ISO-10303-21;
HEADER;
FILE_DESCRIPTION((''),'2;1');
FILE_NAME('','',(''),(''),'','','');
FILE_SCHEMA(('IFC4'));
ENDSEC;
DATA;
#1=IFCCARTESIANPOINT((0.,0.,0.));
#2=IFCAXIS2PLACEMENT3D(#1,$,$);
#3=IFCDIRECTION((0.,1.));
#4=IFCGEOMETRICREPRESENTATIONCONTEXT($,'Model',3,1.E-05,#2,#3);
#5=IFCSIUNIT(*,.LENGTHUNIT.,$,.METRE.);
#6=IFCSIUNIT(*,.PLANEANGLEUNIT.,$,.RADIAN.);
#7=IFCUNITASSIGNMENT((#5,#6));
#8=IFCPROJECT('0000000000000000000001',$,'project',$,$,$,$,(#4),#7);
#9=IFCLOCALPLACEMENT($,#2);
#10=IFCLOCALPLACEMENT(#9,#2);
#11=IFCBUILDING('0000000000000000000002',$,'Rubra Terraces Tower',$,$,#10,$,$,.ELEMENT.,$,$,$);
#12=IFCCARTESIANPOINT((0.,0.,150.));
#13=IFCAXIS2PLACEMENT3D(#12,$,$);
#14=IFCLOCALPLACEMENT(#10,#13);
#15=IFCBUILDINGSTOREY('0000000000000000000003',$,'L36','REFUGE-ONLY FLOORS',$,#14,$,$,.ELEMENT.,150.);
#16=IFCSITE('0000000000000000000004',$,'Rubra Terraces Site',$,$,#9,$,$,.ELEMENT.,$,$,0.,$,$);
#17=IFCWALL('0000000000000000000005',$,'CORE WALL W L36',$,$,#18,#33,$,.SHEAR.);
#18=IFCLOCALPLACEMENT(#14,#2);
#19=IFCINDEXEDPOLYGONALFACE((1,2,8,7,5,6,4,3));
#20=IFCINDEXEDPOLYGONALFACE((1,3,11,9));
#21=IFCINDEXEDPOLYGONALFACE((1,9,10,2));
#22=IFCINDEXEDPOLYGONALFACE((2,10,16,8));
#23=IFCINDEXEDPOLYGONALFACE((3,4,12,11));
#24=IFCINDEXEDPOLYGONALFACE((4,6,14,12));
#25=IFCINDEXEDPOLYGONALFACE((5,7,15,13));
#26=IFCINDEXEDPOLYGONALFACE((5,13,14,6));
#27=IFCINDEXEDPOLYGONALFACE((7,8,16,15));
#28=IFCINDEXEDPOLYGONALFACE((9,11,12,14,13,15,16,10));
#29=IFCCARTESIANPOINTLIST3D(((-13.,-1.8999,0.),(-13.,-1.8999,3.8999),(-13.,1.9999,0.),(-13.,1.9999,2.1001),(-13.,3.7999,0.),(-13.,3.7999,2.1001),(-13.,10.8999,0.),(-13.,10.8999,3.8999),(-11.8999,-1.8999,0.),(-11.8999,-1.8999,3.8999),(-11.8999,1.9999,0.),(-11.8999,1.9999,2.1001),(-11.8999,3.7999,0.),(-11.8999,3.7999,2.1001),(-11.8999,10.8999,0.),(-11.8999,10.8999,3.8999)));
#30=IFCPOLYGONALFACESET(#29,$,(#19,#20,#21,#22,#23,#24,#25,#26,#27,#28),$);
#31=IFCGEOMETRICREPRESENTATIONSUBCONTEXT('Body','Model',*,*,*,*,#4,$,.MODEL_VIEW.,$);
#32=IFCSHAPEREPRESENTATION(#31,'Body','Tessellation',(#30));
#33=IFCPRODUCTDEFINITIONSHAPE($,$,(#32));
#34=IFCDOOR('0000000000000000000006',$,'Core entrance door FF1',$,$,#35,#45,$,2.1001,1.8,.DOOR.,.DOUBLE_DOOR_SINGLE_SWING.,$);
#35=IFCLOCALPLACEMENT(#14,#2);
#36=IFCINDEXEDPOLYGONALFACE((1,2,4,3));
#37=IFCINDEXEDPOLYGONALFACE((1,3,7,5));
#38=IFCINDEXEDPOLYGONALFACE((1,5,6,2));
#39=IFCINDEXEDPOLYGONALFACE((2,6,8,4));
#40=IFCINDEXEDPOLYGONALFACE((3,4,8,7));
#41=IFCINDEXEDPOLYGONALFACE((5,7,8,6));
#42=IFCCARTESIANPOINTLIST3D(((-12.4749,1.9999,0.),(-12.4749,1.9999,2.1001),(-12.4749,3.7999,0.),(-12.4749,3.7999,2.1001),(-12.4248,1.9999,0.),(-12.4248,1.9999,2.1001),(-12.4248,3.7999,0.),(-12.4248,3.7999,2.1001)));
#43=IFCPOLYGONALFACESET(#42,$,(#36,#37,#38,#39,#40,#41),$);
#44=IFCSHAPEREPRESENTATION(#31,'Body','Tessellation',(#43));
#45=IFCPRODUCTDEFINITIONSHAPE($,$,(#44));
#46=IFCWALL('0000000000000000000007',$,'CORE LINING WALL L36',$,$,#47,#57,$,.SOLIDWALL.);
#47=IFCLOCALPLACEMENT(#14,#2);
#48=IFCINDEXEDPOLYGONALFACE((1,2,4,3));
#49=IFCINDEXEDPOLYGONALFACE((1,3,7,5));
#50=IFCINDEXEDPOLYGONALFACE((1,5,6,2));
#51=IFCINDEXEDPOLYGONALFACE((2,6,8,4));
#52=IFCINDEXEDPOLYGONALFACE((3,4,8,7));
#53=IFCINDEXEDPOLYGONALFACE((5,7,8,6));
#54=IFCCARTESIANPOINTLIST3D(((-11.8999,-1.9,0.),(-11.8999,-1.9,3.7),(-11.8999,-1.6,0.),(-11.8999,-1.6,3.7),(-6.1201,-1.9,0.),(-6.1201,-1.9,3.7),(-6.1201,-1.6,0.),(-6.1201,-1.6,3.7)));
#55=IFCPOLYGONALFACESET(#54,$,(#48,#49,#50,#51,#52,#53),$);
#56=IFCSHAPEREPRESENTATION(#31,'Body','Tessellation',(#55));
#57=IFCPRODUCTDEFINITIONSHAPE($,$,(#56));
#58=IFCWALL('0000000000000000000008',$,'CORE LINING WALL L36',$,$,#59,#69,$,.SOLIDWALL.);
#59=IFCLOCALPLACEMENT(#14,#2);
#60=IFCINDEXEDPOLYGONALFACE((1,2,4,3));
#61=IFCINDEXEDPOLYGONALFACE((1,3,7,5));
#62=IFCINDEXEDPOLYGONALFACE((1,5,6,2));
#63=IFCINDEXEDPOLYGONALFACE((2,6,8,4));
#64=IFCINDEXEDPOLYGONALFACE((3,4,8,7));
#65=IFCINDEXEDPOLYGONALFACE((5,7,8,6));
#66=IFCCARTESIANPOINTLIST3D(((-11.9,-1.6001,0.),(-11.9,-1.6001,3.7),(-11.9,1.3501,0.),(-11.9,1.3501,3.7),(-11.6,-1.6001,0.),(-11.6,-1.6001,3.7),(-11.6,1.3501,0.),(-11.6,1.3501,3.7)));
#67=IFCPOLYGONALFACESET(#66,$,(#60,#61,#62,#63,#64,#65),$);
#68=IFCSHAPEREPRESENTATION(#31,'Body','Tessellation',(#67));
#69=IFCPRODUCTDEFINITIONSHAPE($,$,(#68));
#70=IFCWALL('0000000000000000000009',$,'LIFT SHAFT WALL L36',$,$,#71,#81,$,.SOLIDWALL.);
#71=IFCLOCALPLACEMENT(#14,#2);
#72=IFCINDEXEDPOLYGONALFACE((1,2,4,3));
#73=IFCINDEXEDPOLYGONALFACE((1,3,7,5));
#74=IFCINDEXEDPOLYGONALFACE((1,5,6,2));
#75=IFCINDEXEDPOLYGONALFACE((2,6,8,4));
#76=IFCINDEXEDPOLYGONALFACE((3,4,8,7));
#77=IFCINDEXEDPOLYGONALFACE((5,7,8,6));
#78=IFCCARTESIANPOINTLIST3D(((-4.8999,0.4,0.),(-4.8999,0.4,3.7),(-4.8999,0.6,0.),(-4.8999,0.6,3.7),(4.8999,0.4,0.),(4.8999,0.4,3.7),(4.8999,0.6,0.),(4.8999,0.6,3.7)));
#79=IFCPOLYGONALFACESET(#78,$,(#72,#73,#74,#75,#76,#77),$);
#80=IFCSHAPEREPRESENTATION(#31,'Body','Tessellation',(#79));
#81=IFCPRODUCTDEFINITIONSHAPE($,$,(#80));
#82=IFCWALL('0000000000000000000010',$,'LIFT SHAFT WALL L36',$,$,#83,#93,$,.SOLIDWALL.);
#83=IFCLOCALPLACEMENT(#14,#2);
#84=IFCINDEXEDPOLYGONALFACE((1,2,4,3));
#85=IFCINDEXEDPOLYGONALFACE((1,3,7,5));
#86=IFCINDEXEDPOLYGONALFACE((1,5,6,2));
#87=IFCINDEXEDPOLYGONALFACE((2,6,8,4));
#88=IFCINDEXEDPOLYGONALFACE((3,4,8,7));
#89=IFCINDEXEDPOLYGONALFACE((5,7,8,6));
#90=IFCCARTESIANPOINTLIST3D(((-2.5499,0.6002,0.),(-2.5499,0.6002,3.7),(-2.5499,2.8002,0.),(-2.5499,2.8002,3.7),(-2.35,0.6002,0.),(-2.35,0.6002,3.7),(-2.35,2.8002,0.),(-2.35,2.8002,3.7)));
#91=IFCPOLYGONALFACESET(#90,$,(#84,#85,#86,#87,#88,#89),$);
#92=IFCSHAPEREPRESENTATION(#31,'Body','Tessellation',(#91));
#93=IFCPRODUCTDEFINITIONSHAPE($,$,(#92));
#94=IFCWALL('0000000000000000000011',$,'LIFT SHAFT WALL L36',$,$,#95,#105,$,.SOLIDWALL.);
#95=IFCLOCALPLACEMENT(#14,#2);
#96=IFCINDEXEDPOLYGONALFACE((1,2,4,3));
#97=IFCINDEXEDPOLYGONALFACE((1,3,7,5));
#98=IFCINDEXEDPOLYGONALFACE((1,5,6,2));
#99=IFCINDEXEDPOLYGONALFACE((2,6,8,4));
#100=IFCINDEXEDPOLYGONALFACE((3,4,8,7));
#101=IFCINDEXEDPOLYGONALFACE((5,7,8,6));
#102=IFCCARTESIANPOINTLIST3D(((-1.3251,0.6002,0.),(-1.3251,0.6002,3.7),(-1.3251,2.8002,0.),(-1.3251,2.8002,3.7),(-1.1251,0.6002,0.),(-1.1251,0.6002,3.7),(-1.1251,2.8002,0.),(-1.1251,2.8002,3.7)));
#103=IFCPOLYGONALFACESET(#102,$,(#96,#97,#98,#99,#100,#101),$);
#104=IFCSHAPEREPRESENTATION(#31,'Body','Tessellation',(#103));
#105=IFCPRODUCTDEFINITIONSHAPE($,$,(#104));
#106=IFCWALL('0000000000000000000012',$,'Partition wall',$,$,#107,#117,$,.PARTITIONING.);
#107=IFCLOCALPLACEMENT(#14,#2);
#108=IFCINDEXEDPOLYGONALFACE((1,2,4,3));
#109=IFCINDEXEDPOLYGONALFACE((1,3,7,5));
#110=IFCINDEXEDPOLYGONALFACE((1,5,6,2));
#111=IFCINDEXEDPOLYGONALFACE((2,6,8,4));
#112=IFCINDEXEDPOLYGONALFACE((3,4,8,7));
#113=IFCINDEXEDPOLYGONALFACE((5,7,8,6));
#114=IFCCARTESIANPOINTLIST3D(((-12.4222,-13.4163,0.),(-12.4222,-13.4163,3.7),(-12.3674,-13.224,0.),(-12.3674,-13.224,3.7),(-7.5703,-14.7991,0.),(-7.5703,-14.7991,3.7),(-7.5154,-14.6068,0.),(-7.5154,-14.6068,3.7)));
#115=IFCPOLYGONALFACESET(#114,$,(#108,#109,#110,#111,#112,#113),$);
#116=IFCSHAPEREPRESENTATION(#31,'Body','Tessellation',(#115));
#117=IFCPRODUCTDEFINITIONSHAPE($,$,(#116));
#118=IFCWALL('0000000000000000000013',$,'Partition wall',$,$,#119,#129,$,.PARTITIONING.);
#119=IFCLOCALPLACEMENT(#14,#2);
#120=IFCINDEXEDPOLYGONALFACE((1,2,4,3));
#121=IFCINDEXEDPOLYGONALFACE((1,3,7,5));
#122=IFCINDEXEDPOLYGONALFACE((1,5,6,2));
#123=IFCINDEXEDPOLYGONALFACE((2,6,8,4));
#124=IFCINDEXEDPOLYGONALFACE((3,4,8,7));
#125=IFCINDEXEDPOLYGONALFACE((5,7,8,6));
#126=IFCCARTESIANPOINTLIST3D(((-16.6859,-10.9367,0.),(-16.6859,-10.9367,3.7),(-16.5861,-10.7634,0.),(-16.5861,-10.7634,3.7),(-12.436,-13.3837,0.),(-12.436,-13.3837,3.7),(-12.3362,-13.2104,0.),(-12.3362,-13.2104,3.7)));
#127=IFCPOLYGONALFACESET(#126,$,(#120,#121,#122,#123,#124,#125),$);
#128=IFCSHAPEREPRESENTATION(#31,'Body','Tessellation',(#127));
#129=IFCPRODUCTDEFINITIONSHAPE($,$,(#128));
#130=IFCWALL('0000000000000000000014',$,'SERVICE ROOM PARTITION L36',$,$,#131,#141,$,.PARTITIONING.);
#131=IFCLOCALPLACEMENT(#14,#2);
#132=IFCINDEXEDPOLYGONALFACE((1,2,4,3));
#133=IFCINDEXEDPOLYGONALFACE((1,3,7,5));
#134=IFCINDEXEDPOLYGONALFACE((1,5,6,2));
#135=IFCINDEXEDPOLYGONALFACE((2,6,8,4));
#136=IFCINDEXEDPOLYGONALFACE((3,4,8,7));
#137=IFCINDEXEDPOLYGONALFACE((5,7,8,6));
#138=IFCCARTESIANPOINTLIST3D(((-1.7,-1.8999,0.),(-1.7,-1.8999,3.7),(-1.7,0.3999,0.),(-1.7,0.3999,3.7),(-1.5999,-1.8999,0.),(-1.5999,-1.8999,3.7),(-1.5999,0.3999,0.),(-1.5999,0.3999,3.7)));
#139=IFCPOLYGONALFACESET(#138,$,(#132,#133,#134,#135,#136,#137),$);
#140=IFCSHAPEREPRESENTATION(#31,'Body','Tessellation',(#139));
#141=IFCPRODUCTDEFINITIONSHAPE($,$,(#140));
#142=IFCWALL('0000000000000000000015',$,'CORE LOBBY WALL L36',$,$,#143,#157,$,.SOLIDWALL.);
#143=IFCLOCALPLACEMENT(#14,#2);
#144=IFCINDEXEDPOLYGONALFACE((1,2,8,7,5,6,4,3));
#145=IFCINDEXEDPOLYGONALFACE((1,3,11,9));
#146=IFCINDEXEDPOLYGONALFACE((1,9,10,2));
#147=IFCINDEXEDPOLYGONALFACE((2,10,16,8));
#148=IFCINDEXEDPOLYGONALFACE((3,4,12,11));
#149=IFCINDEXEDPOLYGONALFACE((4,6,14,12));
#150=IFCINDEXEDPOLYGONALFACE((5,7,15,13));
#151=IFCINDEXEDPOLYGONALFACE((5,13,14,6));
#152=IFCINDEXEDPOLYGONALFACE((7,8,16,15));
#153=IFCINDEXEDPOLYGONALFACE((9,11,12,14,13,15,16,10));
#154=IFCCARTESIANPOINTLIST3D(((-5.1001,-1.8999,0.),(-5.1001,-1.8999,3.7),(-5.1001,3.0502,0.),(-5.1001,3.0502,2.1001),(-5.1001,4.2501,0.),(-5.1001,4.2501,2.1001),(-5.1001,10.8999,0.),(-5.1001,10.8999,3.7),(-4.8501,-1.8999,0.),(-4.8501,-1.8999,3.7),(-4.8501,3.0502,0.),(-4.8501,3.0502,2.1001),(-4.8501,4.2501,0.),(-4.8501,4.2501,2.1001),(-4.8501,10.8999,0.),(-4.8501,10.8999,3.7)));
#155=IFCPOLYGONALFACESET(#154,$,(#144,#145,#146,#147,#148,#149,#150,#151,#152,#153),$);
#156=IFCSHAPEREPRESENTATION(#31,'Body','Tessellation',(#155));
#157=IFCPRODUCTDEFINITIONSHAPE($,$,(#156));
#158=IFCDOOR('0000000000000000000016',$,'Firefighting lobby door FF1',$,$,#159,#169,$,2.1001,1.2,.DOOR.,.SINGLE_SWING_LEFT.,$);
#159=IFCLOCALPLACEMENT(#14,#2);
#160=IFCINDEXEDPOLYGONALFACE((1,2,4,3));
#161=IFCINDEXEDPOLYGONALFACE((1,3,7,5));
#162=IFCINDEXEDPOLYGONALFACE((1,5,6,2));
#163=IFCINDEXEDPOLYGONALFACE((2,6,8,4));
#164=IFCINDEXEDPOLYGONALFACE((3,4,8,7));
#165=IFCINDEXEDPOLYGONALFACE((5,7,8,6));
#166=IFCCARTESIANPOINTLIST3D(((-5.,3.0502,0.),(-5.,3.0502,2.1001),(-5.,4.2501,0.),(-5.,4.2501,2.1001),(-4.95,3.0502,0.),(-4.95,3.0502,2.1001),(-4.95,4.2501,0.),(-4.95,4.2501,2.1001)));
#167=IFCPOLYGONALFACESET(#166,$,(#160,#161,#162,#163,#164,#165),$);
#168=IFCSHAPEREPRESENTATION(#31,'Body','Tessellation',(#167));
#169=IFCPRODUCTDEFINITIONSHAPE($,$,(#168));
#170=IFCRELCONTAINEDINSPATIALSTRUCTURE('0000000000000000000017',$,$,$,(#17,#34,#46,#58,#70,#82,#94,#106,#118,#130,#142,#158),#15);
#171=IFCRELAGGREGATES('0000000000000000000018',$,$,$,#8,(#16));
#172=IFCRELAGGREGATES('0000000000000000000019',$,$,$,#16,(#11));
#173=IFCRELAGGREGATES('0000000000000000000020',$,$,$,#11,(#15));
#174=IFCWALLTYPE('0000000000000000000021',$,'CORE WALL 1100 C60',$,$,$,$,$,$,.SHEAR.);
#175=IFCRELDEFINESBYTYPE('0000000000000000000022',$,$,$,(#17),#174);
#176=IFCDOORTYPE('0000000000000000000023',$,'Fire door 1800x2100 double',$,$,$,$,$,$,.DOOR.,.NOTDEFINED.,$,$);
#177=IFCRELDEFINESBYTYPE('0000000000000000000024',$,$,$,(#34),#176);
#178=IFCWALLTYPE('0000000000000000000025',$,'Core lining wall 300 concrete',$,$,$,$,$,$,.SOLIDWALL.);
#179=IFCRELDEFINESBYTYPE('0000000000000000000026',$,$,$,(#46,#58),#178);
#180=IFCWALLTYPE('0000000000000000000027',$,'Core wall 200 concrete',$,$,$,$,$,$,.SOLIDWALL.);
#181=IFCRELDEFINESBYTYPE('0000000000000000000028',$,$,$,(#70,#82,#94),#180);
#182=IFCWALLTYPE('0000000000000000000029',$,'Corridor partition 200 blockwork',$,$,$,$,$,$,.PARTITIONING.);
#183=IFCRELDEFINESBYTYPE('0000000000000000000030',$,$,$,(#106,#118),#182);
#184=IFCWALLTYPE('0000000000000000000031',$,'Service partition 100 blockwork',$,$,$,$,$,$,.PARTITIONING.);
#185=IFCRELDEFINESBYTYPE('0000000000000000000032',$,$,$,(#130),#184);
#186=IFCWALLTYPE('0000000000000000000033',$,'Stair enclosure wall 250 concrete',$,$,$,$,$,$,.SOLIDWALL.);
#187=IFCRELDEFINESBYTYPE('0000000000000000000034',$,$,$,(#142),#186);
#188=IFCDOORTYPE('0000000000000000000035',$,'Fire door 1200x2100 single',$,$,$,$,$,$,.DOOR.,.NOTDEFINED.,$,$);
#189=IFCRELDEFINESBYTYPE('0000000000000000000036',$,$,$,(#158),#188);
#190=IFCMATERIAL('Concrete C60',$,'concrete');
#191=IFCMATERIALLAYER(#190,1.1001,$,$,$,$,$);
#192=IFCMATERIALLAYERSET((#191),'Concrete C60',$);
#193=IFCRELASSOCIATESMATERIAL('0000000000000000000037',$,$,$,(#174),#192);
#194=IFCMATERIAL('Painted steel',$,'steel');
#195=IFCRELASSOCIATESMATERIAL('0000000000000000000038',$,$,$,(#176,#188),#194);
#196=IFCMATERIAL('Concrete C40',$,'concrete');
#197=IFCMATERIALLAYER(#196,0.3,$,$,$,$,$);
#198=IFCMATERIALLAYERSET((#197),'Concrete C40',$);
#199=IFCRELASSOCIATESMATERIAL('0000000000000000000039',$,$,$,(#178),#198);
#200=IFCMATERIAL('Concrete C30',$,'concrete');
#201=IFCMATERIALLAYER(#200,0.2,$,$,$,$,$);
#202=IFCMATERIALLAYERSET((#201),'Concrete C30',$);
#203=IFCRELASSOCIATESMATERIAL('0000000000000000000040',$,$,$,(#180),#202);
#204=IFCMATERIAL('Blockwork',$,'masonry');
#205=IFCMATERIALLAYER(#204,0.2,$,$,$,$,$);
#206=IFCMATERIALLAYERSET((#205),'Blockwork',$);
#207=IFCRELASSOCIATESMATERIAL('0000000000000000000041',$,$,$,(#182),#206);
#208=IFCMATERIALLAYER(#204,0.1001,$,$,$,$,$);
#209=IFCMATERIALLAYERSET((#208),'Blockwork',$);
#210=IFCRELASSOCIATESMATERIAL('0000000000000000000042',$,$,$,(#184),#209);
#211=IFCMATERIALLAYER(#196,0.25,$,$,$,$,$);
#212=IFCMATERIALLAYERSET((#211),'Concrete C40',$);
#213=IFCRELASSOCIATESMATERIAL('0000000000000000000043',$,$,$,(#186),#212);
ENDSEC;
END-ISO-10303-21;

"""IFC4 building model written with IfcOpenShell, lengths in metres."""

from ifc_helpers import new_model, si_unit, direction, frame, frame_2d, origin, place, context, subcontext, project, spatial, rectangle, extrude, material, layer, layer_set, type_object, element, fill, save


model = new_model("IFC4")

# Units and contexts
model_context = context("Model", 3, precision=1e-05, world=origin(), true_north=direction((0.0, 1.0)))
body_context = subcontext(model_context, "Body", "Model", "MODEL_VIEW")
ifc_project = project(units=[si_unit("LENGTHUNIT", "METRE"), si_unit("PLANEANGLEUNIT", "RADIAN")], contexts=[model_context])

# Site, building, storey
site_placement = place(None, origin())
site = spatial("IfcSite", under=ifc_project, at=site_placement, Name="Rubra Terraces Site", CompositionType="ELEMENT", RefElevation=0.0)
building_placement = place(site_placement, origin())
building = spatial("IfcBuilding", under=site, at=building_placement, Name="Rubra Terraces Tower", CompositionType="ELEMENT")
storey_placement = place(building_placement, frame((0.0, 0.0, 150.0)))
storey = spatial("IfcBuildingStorey", under=building, at=storey_placement, Name="L36", Description="REFUGE-ONLY FLOORS", CompositionType="ELEMENT", Elevation=150.0)

# Shared definitions
ifc_material_1 = material(Name="Concrete C40", Category="concrete")

# Wall, opening, door
ifc_material_2 = material(Name="Concrete C60", Category="concrete")
ifc_layer_1 = layer(ifc_material_2, 1.1001)
ifc_layer_set_1 = layer_set([ifc_layer_1], Name="Concrete C60")
wall_type_1 = type_object("IfcWallType", Name="CORE WALL 1100 C60", PredefinedType="SHEAR", material=ifc_layer_set_1)
wall_1_placement = place(storey_placement, frame((-12.45, -1.8999, 0.0), z_axis=(0.0, 0.0, 1.0), x_axis=(0.0, 1.0, 0.0)))
wall_1 = element("IfcWall", 1, at=wall_1_placement, inside=storey, type_object=wall_type_1, Name="CORE WALL W L36", PredefinedType="SHEAR", context=body_context, shape_type="SweptSolid", body=[
    extrude(rectangle(XDim=12.7998, YDim=1.1001, at=frame_2d((6.3999, 0.0))), origin(), (0.0, 0.0, 1.0), 3.8999),
])
opening_1_placement = place(wall_1_placement, frame((3.8999, 0.0, 0.0)))
opening_1 = element("IfcOpeningElement", 2, at=opening_1_placement, cuts=wall_1, PredefinedType="OPENING", context=body_context, shape_type="SweptSolid", body=[
    extrude(rectangle(XDim=1.8, YDim=2.1001, at=frame_2d((0.8999, 1.05))), frame((0.0, 0.5601, 0.0), z_axis=(0.0, -1.0, 0.0), x_axis=(1.0, 0.0, 0.0)), (0.0, 0.0, 1.0), 1.1201),
])
ifc_material_3 = material(Name="Painted steel", Category="steel")
door_type_1 = type_object("IfcDoorType", Name="Fire door 1800x2100 double", OperationType="NOTDEFINED", PredefinedType="DOOR", material=ifc_material_3)
door_1_placement = place(opening_1_placement, origin())
door_1 = element("IfcDoor", 3, at=door_1_placement, inside=storey, type_object=door_type_1, Name="Core entrance door FF1", OperationType="DOUBLE_DOOR_SINGLE_SWING", OverallHeight=2.1001, OverallWidth=1.8, PredefinedType="DOOR", context=body_context, shape_type="SweptSolid", body=[
    extrude(rectangle(XDim=1.8, YDim=2.1001, at=frame_2d((0.8999, 1.05))), frame((0.0, 0.0249, 0.0), z_axis=(0.0, -1.0, 0.0), x_axis=(1.0, 0.0, 0.0)), (0.0, 0.0, 1.0), 0.05),
])
fill(opening_1, door_1)

# Walls
ifc_layer_2 = layer(ifc_material_1, 0.3)
ifc_layer_set_2 = layer_set([ifc_layer_2], Name="Concrete C40")
wall_type_2 = type_object("IfcWallType", Name="Core lining wall 300 concrete", PredefinedType="SOLIDWALL", material=ifc_layer_set_2)
wall_2_placement = place(storey_placement, frame((-11.8999, -1.75, 0.0), z_axis=(0.0, 0.0, 1.0), x_axis=(1.0, 0.0, 0.0)))
element("IfcWall", 4, at=wall_2_placement, inside=storey, type_object=wall_type_2, Name="CORE LINING WALL L36", PredefinedType="SOLIDWALL", context=body_context, shape_type="SweptSolid", body=[
    extrude(rectangle(XDim=5.7798, YDim=0.3, at=frame_2d((2.8899, 0.0))), origin(), (0.0, 0.0, 1.0), 3.7),
])
wall_3_placement = place(storey_placement, frame((-11.75, -1.6001, 0.0), z_axis=(0.0, 0.0, 1.0), x_axis=(0.0, 1.0, 0.0)))
element("IfcWall", 5, at=wall_3_placement, inside=storey, type_object=wall_type_2, Name="CORE LINING WALL L36", PredefinedType="SOLIDWALL", context=body_context, shape_type="SweptSolid", body=[
    extrude(rectangle(XDim=2.9502, YDim=0.3, at=frame_2d((1.4751, 0.0))), origin(), (0.0, 0.0, 1.0), 3.7),
])
ifc_material_4 = material(Name="Concrete C30", Category="concrete")
ifc_layer_3 = layer(ifc_material_4, 0.2)
ifc_layer_set_3 = layer_set([ifc_layer_3], Name="Concrete C30")
wall_type_3 = type_object("IfcWallType", Name="Core wall 200 concrete", PredefinedType="SOLIDWALL", material=ifc_layer_set_3)
wall_4_placement = place(storey_placement, frame((-4.8999, 0.5, 0.0), z_axis=(0.0, 0.0, 1.0), x_axis=(1.0, 0.0, 0.0)))
element("IfcWall", 6, at=wall_4_placement, inside=storey, type_object=wall_type_3, Name="LIFT SHAFT WALL L36", PredefinedType="SOLIDWALL", context=body_context, shape_type="SweptSolid", body=[
    extrude(rectangle(XDim=9.7998, YDim=0.2, at=frame_2d((4.8999, 0.0))), origin(), (0.0, 0.0, 1.0), 3.7),
])
for number, where, z_axis, x_axis, name in (
    (7, (-2.45, 0.6001, 0.0), (0.0, 0.0, 1.0), (0.0, 1.0, 0.0), "LIFT SHAFT WALL L36"),
    (8, (-1.2251, 0.6001, 0.0), (0.0, 0.0, 1.0), (0.0, 1.0, 0.0), "LIFT SHAFT WALL L36"),
):
    element("IfcWall", number, at=place(storey_placement, frame(where, z_axis=z_axis, x_axis=x_axis)), inside=storey, type_object=wall_type_3, Name=name, PredefinedType="SOLIDWALL", context=body_context, shape_type="SweptSolid", body=[
        extrude(rectangle(XDim=2.2, YDim=0.2, at=frame_2d((1.1001, 0.0))), origin(), (0.0, 0.0, 1.0), 3.7),
    ])
ifc_material_5 = material(Name="Blockwork", Category="masonry")
ifc_layer_4 = layer(ifc_material_5, 0.2)
ifc_layer_set_4 = layer_set([ifc_layer_4], Name="Blockwork")
wall_type_4 = type_object("IfcWallType", Name="Corridor partition 200 blockwork", PredefinedType="PARTITIONING", material=ifc_layer_set_4)
wall_5_placement = place(storey_placement, frame((-7.543, -14.7029, 0.0), z_axis=(0.0, 0.0, 1.0), x_axis=(-0.961706, 0.274082, 0.0)))
element("IfcWall", 9, at=wall_5_placement, inside=storey, type_object=wall_type_4, Name="Partition wall", PredefinedType="PARTITIONING", context=body_context, shape_type="SweptSolid", body=[
    extrude(rectangle(XDim=5.0452, YDim=0.2, at=frame_2d((2.5225, 0.0))), origin(), (0.0, 0.0, 1.0), 3.7),
])
wall_6_placement = place(storey_placement, frame((-12.386, -13.2971, 0.0), z_axis=(0.0, 0.0, 1.0), x_axis=(-0.866618, 0.498972, 0.0)))
element("IfcWall", 10, at=wall_6_placement, inside=storey, type_object=wall_type_4, Name="Partition wall", PredefinedType="PARTITIONING", context=body_context, shape_type="SweptSolid", body=[
    extrude(rectangle(XDim=4.9041, YDim=0.2, at=frame_2d((2.4521, 0.0))), origin(), (0.0, 0.0, 1.0), 3.7),
])
ifc_layer_5 = layer(ifc_material_5, 0.1001)
ifc_layer_set_5 = layer_set([ifc_layer_5], Name="Blockwork")
wall_type_5 = type_object("IfcWallType", Name="Service partition 100 blockwork", PredefinedType="PARTITIONING", material=ifc_layer_set_5)
wall_7_placement = place(storey_placement, frame((-1.6499, -1.8999, 0.0), z_axis=(0.0, 0.0, 1.0), x_axis=(0.0, 1.0, 0.0)))
element("IfcWall", 11, at=wall_7_placement, inside=storey, type_object=wall_type_5, Name="SERVICE ROOM PARTITION L36", PredefinedType="PARTITIONING", context=body_context, shape_type="SweptSolid", body=[
    extrude(rectangle(XDim=2.2998, YDim=0.1001, at=frame_2d((1.1499, 0.0))), origin(), (0.0, 0.0, 1.0), 3.7),
])

# Wall, opening, door
ifc_layer_6 = layer(ifc_material_1, 0.25)
ifc_layer_set_6 = layer_set([ifc_layer_6], Name="Concrete C40")
wall_type_6 = type_object("IfcWallType", Name="Stair enclosure wall 250 concrete", PredefinedType="SOLIDWALL", material=ifc_layer_set_6)
wall_8_placement = place(storey_placement, frame((-4.9751, -1.8999, 0.0), z_axis=(0.0, 0.0, 1.0), x_axis=(0.0, 1.0, 0.0)))
wall_8 = element("IfcWall", 12, at=wall_8_placement, inside=storey, type_object=wall_type_6, Name="CORE LOBBY WALL L36", PredefinedType="SOLIDWALL", context=body_context, shape_type="SweptSolid", body=[
    extrude(rectangle(XDim=12.7998, YDim=0.25, at=frame_2d((6.3999, 0.0))), origin(), (0.0, 0.0, 1.0), 3.7),
])
opening_2_placement = place(wall_8_placement, frame((4.95, 0.0, 0.0)))
opening_2 = element("IfcOpeningElement", 13, at=opening_2_placement, cuts=wall_8, PredefinedType="OPENING", context=body_context, shape_type="SweptSolid", body=[
    extrude(rectangle(XDim=1.2, YDim=2.1001, at=frame_2d((0.6001, 1.05))), frame((0.0, 0.135, 0.0), z_axis=(0.0, -1.0, 0.0), x_axis=(1.0, 0.0, 0.0)), (0.0, 0.0, 1.0), 0.27),
])
door_type_2 = type_object("IfcDoorType", Name="Fire door 1200x2100 single", OperationType="NOTDEFINED", PredefinedType="DOOR", material=ifc_material_3)
door_2_placement = place(opening_2_placement, origin())
door_2 = element("IfcDoor", 14, at=door_2_placement, inside=storey, type_object=door_type_2, Name="Firefighting lobby door FF1", OperationType="SINGLE_SWING_LEFT", OverallHeight=2.1001, OverallWidth=1.2, PredefinedType="DOOR", context=body_context, shape_type="SweptSolid", body=[
    extrude(rectangle(XDim=1.2, YDim=2.1001, at=frame_2d((0.6001, 1.05))), frame((0.0, 0.0249, 0.0), z_axis=(0.0, -1.0, 0.0), x_axis=(1.0, 0.0, 0.0)), (0.0, 0.0, 1.0), 0.05),
])
fill(opening_2, door_2)

save(model, "model.ifc")
